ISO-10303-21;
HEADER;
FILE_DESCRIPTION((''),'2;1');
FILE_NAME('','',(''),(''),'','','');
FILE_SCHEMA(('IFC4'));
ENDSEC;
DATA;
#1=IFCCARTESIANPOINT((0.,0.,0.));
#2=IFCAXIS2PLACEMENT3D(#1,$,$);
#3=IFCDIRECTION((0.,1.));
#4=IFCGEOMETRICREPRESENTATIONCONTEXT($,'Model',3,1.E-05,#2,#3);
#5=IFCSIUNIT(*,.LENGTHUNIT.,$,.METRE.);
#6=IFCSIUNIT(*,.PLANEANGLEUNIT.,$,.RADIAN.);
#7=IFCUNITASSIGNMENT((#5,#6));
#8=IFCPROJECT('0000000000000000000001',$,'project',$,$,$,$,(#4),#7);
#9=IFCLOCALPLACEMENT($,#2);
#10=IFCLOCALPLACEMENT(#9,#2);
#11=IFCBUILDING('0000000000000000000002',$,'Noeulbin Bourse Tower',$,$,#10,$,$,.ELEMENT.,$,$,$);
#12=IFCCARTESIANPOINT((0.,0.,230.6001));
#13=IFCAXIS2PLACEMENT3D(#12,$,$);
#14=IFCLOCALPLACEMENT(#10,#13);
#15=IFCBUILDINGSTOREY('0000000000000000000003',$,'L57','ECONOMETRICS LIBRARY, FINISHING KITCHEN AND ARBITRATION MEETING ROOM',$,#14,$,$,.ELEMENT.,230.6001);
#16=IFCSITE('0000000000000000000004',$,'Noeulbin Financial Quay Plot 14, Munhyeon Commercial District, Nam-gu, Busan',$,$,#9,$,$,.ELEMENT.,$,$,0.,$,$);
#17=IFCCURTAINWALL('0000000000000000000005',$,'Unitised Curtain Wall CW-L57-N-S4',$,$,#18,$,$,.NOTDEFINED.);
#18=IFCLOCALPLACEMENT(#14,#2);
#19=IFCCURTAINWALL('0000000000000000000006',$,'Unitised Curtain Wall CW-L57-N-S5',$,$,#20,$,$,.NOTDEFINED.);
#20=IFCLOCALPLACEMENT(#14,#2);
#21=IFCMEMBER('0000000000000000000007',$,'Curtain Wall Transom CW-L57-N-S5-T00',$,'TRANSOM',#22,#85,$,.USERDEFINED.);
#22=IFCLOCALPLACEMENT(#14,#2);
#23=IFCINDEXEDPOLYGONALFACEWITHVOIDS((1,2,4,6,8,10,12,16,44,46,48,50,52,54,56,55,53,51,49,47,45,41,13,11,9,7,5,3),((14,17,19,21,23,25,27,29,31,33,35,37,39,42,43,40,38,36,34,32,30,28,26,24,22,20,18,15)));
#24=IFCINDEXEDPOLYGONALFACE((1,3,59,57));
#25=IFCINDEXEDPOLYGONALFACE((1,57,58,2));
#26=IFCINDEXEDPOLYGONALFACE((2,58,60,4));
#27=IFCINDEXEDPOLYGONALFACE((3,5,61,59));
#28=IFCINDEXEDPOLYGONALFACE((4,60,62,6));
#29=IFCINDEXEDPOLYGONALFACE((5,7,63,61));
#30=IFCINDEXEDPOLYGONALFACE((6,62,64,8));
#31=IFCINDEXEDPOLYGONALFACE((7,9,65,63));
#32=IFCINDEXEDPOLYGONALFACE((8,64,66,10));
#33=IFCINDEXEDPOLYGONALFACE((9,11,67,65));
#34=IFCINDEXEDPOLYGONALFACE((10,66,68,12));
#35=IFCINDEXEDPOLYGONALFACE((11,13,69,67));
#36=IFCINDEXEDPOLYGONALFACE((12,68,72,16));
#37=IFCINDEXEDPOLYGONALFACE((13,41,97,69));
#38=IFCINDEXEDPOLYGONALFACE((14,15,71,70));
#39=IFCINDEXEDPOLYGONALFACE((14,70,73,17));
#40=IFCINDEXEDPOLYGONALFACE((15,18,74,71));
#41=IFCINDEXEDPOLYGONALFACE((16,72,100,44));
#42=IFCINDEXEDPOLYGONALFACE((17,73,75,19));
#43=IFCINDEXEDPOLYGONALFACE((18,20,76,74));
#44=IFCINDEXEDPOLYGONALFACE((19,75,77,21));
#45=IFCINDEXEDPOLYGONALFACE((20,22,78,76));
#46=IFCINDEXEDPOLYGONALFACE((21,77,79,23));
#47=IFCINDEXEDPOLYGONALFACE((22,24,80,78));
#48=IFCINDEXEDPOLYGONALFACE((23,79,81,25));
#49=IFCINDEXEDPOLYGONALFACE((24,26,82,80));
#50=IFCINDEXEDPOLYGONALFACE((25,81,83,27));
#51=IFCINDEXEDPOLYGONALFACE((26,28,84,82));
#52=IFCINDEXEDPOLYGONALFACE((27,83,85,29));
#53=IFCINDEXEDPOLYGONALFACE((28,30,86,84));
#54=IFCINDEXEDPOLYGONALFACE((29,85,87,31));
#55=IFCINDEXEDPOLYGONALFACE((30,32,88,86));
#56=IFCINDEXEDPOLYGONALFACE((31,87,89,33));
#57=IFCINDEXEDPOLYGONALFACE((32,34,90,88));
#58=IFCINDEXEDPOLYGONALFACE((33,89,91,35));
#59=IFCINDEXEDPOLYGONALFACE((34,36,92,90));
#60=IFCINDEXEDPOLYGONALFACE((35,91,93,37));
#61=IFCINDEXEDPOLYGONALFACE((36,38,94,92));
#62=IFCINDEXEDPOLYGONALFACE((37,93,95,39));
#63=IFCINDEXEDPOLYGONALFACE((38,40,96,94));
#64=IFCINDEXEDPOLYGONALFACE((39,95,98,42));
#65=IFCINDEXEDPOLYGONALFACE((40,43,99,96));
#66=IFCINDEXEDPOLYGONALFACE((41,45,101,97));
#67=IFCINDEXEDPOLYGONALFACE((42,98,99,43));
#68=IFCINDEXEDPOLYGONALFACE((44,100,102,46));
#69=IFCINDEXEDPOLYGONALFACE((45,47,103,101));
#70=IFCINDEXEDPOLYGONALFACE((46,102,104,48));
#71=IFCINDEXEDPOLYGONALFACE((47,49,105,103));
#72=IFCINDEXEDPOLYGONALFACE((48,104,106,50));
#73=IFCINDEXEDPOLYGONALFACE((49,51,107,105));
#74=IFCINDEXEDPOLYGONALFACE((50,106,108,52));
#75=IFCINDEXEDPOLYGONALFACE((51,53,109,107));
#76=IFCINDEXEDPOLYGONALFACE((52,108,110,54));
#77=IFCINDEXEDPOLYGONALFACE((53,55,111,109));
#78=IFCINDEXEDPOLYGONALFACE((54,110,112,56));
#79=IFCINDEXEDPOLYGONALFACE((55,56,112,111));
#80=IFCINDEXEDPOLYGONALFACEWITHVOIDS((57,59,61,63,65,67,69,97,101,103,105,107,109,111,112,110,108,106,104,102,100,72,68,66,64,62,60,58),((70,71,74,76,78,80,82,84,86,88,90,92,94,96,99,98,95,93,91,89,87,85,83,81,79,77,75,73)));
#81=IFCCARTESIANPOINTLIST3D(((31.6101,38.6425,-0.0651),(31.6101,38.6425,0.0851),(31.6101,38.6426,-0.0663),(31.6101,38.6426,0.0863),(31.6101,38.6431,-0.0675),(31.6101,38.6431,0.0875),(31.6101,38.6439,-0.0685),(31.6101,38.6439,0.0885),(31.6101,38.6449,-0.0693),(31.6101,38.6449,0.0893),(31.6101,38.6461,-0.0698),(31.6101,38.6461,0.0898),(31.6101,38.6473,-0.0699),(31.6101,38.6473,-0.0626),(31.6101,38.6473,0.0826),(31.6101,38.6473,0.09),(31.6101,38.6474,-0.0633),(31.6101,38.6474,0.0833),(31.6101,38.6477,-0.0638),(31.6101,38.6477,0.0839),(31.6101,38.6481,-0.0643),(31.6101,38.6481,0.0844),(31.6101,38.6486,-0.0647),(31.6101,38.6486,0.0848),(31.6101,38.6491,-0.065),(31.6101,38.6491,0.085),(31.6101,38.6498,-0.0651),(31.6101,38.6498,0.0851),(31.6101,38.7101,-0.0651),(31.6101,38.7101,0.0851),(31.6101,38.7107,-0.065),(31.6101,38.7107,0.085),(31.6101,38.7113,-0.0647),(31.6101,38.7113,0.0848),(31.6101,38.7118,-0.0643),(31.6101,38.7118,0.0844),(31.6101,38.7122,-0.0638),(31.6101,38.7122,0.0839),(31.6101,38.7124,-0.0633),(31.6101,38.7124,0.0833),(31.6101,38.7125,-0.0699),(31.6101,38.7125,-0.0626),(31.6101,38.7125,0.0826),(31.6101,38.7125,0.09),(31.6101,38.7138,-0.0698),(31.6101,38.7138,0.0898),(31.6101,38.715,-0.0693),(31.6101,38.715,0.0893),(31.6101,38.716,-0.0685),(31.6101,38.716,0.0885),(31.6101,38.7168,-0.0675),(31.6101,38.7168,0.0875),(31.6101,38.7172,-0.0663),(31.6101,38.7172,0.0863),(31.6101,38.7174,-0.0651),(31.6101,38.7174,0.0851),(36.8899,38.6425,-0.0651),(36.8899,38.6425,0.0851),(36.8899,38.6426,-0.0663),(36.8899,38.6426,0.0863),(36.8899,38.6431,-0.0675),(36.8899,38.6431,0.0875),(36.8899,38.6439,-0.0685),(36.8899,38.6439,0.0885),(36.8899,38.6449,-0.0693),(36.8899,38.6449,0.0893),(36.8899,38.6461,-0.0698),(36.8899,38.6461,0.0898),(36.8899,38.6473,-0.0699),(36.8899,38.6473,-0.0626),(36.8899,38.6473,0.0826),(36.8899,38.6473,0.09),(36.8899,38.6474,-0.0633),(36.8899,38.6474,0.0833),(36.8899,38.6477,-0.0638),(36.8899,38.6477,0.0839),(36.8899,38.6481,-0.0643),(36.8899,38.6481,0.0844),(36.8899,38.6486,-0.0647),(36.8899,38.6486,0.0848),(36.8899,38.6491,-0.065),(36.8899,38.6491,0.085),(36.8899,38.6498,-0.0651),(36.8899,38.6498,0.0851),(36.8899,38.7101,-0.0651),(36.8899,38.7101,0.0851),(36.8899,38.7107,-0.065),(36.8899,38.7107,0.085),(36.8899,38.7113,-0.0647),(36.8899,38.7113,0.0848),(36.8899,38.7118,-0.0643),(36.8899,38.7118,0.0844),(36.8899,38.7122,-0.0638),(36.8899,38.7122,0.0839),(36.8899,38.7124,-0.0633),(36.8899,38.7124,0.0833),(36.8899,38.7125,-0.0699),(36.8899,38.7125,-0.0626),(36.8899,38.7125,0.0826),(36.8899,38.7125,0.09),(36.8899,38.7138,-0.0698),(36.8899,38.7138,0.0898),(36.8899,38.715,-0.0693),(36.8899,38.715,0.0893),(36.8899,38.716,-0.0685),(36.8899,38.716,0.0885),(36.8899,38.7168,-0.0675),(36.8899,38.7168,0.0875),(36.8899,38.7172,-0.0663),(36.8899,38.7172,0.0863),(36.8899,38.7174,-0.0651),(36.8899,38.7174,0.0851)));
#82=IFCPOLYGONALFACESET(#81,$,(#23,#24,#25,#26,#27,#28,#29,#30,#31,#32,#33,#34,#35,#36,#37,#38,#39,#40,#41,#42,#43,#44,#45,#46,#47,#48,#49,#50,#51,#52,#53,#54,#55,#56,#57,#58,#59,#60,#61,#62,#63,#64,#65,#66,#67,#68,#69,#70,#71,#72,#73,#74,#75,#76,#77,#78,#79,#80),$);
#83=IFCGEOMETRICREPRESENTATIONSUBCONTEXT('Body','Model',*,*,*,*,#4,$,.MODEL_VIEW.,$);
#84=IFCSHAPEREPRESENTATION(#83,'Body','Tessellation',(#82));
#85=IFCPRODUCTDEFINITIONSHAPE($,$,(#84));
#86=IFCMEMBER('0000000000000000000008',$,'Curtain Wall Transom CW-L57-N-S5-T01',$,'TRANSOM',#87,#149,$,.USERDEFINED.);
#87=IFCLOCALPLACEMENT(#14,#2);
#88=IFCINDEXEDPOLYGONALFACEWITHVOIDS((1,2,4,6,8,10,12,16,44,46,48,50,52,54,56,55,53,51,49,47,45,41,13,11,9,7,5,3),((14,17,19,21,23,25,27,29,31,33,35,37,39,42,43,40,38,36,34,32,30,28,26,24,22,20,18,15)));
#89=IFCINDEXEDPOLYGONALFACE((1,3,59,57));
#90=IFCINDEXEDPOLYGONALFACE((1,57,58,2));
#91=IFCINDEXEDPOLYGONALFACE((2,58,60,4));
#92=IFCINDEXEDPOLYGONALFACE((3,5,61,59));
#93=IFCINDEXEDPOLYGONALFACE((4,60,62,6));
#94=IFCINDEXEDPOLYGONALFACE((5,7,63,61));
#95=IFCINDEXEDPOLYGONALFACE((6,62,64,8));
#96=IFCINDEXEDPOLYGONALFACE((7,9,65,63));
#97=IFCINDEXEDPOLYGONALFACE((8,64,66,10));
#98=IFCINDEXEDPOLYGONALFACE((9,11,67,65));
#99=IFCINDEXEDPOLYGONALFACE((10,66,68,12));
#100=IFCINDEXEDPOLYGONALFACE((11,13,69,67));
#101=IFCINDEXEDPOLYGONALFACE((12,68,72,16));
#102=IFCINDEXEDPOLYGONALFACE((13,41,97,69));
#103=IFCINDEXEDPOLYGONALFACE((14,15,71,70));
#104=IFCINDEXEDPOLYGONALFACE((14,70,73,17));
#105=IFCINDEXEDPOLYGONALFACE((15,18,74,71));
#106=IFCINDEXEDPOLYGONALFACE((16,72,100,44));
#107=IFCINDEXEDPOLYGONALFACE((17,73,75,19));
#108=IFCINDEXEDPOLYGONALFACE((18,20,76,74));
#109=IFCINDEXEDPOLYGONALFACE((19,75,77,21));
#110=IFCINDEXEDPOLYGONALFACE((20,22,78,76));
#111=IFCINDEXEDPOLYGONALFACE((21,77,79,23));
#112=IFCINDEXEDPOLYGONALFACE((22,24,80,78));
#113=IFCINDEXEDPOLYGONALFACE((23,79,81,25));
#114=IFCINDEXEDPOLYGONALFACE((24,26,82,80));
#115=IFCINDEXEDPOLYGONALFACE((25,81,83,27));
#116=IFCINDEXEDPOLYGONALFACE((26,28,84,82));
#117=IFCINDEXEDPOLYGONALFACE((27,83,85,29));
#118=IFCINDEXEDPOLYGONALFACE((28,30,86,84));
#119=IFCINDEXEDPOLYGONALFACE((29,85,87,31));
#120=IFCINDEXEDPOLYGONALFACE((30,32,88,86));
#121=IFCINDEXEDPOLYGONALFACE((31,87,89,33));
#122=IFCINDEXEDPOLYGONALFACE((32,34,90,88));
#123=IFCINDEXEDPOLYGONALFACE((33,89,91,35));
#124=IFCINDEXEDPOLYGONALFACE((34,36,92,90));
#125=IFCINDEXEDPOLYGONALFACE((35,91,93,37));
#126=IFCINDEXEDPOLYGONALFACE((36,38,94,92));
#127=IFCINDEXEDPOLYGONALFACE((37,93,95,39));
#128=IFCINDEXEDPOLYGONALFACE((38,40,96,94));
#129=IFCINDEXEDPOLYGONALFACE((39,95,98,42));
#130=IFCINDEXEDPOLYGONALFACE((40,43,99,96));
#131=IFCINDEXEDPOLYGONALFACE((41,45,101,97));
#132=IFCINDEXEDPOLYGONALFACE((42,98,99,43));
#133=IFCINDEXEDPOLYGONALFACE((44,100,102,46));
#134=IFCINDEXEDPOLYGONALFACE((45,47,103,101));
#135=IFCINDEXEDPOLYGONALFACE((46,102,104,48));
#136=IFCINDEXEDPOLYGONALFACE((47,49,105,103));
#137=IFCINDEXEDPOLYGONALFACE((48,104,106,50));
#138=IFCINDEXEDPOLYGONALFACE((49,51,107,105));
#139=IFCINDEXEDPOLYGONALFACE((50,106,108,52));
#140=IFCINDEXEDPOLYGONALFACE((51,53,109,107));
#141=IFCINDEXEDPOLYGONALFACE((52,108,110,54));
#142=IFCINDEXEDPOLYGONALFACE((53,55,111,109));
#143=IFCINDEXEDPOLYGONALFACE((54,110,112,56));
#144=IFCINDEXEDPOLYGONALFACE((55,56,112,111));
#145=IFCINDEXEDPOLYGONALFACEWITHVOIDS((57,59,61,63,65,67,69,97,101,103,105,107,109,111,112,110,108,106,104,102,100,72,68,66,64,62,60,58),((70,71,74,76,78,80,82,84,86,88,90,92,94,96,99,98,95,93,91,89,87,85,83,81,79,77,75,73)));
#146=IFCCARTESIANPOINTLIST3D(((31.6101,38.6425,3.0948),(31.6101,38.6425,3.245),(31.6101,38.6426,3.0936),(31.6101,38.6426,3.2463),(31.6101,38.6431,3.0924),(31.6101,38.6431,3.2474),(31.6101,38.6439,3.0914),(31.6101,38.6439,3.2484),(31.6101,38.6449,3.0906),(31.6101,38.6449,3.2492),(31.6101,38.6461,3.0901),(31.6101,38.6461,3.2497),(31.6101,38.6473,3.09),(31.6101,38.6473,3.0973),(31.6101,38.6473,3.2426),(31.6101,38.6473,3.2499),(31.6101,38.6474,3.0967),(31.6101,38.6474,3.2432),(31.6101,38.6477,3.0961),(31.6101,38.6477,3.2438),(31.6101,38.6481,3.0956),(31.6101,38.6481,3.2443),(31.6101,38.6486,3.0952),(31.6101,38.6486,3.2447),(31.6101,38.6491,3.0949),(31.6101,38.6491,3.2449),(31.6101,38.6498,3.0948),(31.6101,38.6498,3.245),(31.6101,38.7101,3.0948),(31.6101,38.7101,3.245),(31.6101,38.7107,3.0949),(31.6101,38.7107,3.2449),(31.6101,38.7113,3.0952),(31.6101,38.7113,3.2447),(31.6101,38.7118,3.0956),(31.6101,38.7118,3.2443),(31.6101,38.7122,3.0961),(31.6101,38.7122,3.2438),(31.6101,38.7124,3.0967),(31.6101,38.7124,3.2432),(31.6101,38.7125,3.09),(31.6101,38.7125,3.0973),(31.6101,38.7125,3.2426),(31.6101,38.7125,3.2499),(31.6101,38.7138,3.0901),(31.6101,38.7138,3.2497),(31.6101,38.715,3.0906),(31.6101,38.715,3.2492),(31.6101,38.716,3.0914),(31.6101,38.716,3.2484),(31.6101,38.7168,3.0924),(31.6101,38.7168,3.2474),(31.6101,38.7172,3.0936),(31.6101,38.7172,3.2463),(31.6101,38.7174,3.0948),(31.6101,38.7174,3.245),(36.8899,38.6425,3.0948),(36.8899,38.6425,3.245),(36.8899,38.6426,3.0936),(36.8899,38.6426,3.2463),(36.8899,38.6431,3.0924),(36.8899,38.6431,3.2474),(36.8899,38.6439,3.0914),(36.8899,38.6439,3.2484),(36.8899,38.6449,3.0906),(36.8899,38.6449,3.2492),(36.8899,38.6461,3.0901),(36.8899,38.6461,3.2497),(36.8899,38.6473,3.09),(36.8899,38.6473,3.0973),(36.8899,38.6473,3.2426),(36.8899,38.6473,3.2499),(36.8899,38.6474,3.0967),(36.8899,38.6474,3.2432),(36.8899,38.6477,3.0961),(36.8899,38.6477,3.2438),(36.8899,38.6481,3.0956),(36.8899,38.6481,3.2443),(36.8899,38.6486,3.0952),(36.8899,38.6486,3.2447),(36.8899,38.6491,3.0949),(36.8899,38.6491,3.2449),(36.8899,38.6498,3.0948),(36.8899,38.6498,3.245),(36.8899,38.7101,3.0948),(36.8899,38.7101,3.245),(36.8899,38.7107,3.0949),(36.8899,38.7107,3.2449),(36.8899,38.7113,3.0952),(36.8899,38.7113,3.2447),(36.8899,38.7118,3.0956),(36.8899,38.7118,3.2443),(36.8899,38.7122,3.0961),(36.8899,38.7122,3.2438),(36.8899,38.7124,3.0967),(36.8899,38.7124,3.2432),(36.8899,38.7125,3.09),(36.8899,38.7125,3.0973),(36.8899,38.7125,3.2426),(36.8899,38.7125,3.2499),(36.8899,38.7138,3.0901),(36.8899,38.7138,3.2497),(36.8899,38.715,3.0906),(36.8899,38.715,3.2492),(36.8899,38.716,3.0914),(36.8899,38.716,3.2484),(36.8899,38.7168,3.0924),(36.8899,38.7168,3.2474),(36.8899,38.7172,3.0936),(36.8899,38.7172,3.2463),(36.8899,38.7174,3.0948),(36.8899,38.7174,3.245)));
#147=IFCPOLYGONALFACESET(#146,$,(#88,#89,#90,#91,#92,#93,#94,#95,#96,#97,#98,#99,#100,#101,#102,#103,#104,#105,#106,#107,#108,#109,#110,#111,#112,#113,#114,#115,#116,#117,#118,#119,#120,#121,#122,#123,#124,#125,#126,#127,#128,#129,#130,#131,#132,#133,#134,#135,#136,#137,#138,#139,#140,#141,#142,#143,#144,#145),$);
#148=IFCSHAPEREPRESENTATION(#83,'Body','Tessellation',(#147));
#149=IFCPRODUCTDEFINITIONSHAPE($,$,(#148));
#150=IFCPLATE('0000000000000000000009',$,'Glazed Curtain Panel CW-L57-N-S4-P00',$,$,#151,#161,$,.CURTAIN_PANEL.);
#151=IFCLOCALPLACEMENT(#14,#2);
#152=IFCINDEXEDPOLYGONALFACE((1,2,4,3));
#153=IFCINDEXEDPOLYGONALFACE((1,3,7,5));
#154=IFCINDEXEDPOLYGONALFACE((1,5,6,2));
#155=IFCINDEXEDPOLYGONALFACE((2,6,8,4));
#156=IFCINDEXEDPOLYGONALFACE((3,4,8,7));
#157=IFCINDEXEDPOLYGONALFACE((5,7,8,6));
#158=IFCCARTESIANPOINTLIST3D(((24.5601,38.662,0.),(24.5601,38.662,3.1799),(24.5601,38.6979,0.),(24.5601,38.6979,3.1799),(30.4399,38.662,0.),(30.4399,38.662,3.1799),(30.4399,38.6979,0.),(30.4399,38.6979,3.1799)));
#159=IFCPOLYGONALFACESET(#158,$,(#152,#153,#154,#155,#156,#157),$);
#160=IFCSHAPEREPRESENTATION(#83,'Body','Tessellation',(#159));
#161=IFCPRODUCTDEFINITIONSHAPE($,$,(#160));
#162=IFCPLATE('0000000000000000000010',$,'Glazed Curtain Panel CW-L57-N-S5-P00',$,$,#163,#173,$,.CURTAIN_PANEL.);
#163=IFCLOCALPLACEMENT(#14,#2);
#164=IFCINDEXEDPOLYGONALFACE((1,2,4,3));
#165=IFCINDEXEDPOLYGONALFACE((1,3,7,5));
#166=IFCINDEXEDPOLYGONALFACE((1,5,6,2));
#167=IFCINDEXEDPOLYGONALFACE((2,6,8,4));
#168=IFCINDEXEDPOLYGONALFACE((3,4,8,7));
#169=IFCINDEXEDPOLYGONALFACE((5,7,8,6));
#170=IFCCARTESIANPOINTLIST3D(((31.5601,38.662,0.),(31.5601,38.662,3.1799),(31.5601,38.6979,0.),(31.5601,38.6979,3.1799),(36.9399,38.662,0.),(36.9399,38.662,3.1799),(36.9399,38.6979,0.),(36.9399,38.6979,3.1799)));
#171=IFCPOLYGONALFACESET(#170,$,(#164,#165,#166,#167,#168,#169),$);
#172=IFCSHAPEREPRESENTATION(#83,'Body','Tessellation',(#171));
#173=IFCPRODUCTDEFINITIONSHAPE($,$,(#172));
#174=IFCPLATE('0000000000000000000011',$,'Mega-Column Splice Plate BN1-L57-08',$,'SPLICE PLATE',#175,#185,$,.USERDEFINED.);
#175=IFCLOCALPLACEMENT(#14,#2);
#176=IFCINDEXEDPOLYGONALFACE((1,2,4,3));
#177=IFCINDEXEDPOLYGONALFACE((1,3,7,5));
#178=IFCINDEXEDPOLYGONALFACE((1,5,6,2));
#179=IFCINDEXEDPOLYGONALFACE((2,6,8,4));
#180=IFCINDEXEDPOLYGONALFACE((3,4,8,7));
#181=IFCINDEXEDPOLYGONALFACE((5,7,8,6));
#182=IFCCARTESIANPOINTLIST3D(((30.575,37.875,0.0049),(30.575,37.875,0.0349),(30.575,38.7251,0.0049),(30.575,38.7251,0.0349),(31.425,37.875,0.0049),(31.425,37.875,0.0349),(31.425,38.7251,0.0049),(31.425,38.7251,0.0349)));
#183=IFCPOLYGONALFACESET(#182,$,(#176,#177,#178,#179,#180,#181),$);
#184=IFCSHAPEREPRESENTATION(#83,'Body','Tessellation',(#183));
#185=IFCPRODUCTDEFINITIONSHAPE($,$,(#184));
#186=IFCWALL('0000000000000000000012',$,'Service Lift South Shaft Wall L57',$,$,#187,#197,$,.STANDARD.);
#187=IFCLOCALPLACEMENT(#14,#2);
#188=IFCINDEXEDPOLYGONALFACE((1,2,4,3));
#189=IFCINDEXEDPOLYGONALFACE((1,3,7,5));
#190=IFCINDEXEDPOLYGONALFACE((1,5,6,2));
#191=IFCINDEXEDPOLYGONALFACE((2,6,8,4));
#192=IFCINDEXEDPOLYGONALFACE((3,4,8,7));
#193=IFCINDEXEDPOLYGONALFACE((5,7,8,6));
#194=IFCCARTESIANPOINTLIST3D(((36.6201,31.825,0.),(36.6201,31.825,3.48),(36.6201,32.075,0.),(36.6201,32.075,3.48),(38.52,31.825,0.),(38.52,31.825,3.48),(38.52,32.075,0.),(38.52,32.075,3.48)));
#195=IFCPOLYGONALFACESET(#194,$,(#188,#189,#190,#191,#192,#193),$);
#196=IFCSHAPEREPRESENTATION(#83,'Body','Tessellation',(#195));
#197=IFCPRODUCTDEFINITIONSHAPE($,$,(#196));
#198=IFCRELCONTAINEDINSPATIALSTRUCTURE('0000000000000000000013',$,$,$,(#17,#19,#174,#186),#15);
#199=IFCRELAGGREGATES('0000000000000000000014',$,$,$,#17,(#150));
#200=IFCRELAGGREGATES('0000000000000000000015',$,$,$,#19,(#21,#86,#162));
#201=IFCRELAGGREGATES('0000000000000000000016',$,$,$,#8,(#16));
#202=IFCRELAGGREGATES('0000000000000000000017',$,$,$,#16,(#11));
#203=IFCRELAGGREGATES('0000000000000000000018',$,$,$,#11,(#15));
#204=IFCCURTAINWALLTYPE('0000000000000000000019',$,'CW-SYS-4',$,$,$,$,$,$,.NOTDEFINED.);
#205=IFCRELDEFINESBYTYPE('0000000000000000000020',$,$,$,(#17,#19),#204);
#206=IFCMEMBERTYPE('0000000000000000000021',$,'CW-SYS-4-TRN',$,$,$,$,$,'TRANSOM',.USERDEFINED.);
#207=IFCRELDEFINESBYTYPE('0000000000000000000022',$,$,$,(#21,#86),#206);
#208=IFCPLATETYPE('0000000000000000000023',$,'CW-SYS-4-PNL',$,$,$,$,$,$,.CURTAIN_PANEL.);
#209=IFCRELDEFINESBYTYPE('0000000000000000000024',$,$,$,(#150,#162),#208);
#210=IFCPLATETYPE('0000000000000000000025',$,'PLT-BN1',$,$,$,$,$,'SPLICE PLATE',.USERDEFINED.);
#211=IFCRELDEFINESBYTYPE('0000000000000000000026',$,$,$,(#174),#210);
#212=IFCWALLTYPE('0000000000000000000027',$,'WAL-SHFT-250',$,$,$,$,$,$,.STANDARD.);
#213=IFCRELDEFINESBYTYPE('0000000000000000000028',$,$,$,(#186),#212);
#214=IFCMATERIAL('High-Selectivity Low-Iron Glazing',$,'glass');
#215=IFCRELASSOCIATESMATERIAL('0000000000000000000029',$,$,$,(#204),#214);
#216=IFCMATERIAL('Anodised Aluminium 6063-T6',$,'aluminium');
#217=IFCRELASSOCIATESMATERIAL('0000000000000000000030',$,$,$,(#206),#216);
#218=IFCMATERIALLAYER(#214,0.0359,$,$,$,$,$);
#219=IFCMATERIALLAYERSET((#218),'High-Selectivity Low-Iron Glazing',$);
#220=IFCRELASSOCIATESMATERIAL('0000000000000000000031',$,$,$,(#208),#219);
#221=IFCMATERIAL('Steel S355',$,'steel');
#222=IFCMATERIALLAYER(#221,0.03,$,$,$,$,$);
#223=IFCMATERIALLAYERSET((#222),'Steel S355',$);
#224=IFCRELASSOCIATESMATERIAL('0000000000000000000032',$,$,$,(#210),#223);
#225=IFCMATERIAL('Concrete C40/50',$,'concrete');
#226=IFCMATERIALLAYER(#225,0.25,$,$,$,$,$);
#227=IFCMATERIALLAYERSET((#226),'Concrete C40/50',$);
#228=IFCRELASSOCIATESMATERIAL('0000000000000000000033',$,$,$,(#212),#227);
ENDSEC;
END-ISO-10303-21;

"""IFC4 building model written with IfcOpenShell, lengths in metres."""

from ifc_helpers import new_model, si_unit, direction, frame, frame_2d, origin, origin_2d, place, context, subcontext, project, spatial, rectangle, hollow_rectangle, extrude, material, layer, layer_set, material_profile, profile_set, type_object, element, aggregate, save


model = new_model("IFC4")

# Units and contexts
model_context = context("Model", 3, precision=1e-05, world=origin(), true_north=direction((0.0, 1.0)))
body_context = subcontext(model_context, "Body", "Model", "MODEL_VIEW")
ifc_project = project(units=[si_unit("LENGTHUNIT", "METRE"), si_unit("PLANEANGLEUNIT", "RADIAN")], contexts=[model_context])

# Site, building, storey
site_placement = place(None, origin())
site = spatial("IfcSite", under=ifc_project, at=site_placement, Name="Noeulbin Financial Quay Plot 14, Munhyeon Commercial District, Nam-gu, Busan", CompositionType="ELEMENT", RefElevation=0.0)
building_placement = place(site_placement, origin())
building = spatial("IfcBuilding", under=site, at=building_placement, Name="Noeulbin Bourse Tower", CompositionType="ELEMENT")
storey_placement = place(building_placement, frame((0.0, 0.0, 230.6001)))
storey = spatial("IfcBuildingStorey", under=building, at=storey_placement, Name="L57", Description="ECONOMETRICS LIBRARY, FINISHING KITCHEN AND ARBITRATION MEETING ROOM", CompositionType="ELEMENT", Elevation=230.6001)

# Shared definitions
ifc_material_1 = material(Name="Steel S355", Category="steel")

# Curtain walls
ifc_material_2 = material(Name="High-Selectivity Low-Iron Glazing", Category="glass")
curtain_wall_type = type_object("IfcCurtainWallType", Name="CW-SYS-4", PredefinedType="NOTDEFINED", material=ifc_material_2)
curtain_wall_1_placement = place(storey_placement, origin())
curtain_wall_1 = element("IfcCurtainWall", 1, at=curtain_wall_1_placement, inside=storey, type_object=curtain_wall_type, Name="Unitised Curtain Wall CW-L57-N-S4", PredefinedType="NOTDEFINED")
ifc_material_3 = material(Name="Anodised Aluminium 6063-T6", Category="aluminium")
curtain_wall_2_placement = place(storey_placement, origin())
curtain_wall_2 = element("IfcCurtainWall", 2, at=curtain_wall_2_placement, inside=storey, type_object=curtain_wall_type, Name="Unitised Curtain Wall CW-L57-N-S5", PredefinedType="NOTDEFINED")

# Members
ifc_material_profile_1 = material_profile(ifc_material_3, hollow_rectangle(XDim=0.075, YDim=0.1599, WallThickness=0.0049, InnerFilletRadius=0.0024, OuterFilletRadius=0.0049, at=origin_2d()), Name="ALU-TRAN-75x160x5", Category="LoadBearing")
ifc_profile_set_1 = profile_set([ifc_material_profile_1], Name="Anodised Aluminium 6063-T6")
member_type_1 = type_object("IfcMemberType", Name="CW-SYS-4-TRN", ElementType="TRANSOM", PredefinedType="USERDEFINED", material=ifc_profile_set_1)
member_1_placement = place(storey_placement, frame((31.6101, 38.6799, 0.01), z_axis=(1.0, 0.0, 0.0), x_axis=(0.0, 1.0, 0.0)))
member_1 = element("IfcMember", 3, at=member_1_placement, type_object=member_type_1, Name="Curtain Wall Transom CW-L57-N-S5-T00", ObjectType="TRANSOM", PredefinedType="USERDEFINED", context=body_context, shape_type="SweptSolid", body=[
    extrude(hollow_rectangle(XDim=0.075, YDim=0.1599, WallThickness=0.0049, InnerFilletRadius=0.0024, OuterFilletRadius=0.0049, at=origin_2d()), origin(), (0.0, 0.0, 1.0), 5.2798),
])
member_2_placement = place(storey_placement, frame((31.6101, 38.6799, 3.1699), z_axis=(1.0, 0.0, 0.0), x_axis=(0.0, 1.0, 0.0)))
member_2 = element("IfcMember", 4, at=member_2_placement, type_object=member_type_1, Name="Curtain Wall Transom CW-L57-N-S5-T01", ObjectType="TRANSOM", PredefinedType="USERDEFINED", context=body_context, shape_type="SweptSolid", body=[
    extrude(hollow_rectangle(XDim=0.075, YDim=0.1599, WallThickness=0.0049, InnerFilletRadius=0.0024, OuterFilletRadius=0.0049, at=origin_2d()), origin(), (0.0, 0.0, 1.0), 5.2798),
])

# Plates
ifc_layer_1 = layer(ifc_material_2, 0.0359)
ifc_layer_set_1 = layer_set([ifc_layer_1], Name="High-Selectivity Low-Iron Glazing")
plate_type_1 = type_object("IfcPlateType", Name="CW-SYS-4-PNL", PredefinedType="CURTAIN_PANEL", material=ifc_layer_set_1)
plate_1_placement = place(storey_placement, frame((27.5, 38.6799, 0.0), z_axis=(0.0, 0.0, 1.0), x_axis=(1.0, 0.0, 0.0)))
plate_1 = element("IfcPlate", 5, at=plate_1_placement, type_object=plate_type_1, Name="Glazed Curtain Panel CW-L57-N-S4-P00", PredefinedType="CURTAIN_PANEL", context=body_context, shape_type="SweptSolid", body=[
    extrude(rectangle(XDim=5.8799, YDim=0.0359, at=origin_2d()), origin(), (0.0, 0.0, 1.0), 3.1799),
])
aggregate(curtain_wall_1, [plate_1])
plate_2_placement = place(storey_placement, frame((34.25, 38.6799, 0.0), z_axis=(0.0, 0.0, 1.0), x_axis=(1.0, 0.0, 0.0)))
plate_2 = element("IfcPlate", 6, at=plate_2_placement, type_object=plate_type_1, Name="Glazed Curtain Panel CW-L57-N-S5-P00", PredefinedType="CURTAIN_PANEL", context=body_context, shape_type="SweptSolid", body=[
    extrude(rectangle(XDim=5.3799, YDim=0.0359, at=origin_2d()), origin(), (0.0, 0.0, 1.0), 3.1799),
])
aggregate(curtain_wall_2, [member_1, member_2, plate_2])
ifc_layer_2 = layer(ifc_material_1, 0.03)
ifc_layer_set_2 = layer_set([ifc_layer_2], Name="Steel S355")
plate_type_2 = type_object("IfcPlateType", Name="PLT-BN1", ElementType="SPLICE PLATE", PredefinedType="USERDEFINED", material=ifc_layer_set_2)
plate_3_placement = place(storey_placement, frame((31.0, 38.3, 0.0049), z_axis=(0.0, 0.0, 1.0), x_axis=(1.0, 0.0, 0.0)))
element("IfcPlate", 7, at=plate_3_placement, inside=storey, type_object=plate_type_2, Name="Mega-Column Splice Plate BN1-L57-08", ObjectType="SPLICE PLATE", PredefinedType="USERDEFINED", context=body_context, shape_type="SweptSolid", body=[
    extrude(rectangle(XDim=0.8501, YDim=0.8501, at=origin_2d()), origin(), (0.0, 0.0, 1.0), 0.03),
])

# Wall
ifc_material_4 = material(Name="Concrete C40/50", Category="concrete")
ifc_layer_3 = layer(ifc_material_4, 0.25)
ifc_layer_set_3 = layer_set([ifc_layer_3], Name="Concrete C40/50")
wall_type = type_object("IfcWallType", Name="WAL-SHFT-250", PredefinedType="STANDARD", material=ifc_layer_set_3)
wall_1_placement = place(storey_placement, frame((36.6201, 31.95, 0.0), z_axis=(0.0, 0.0, 1.0), x_axis=(1.0, 0.0, 0.0)))
element("IfcWall", 8, at=wall_1_placement, inside=storey, type_object=wall_type, Name="Service Lift South Shaft Wall L57", PredefinedType="STANDARD", context=body_context, shape_type="SweptSolid", body=[
    extrude(rectangle(XDim=1.8999, YDim=0.25, at=frame_2d((0.95, 0.0))), origin(), (0.0, 0.0, 1.0), 3.48),
])

save(model, "model.ifc")
